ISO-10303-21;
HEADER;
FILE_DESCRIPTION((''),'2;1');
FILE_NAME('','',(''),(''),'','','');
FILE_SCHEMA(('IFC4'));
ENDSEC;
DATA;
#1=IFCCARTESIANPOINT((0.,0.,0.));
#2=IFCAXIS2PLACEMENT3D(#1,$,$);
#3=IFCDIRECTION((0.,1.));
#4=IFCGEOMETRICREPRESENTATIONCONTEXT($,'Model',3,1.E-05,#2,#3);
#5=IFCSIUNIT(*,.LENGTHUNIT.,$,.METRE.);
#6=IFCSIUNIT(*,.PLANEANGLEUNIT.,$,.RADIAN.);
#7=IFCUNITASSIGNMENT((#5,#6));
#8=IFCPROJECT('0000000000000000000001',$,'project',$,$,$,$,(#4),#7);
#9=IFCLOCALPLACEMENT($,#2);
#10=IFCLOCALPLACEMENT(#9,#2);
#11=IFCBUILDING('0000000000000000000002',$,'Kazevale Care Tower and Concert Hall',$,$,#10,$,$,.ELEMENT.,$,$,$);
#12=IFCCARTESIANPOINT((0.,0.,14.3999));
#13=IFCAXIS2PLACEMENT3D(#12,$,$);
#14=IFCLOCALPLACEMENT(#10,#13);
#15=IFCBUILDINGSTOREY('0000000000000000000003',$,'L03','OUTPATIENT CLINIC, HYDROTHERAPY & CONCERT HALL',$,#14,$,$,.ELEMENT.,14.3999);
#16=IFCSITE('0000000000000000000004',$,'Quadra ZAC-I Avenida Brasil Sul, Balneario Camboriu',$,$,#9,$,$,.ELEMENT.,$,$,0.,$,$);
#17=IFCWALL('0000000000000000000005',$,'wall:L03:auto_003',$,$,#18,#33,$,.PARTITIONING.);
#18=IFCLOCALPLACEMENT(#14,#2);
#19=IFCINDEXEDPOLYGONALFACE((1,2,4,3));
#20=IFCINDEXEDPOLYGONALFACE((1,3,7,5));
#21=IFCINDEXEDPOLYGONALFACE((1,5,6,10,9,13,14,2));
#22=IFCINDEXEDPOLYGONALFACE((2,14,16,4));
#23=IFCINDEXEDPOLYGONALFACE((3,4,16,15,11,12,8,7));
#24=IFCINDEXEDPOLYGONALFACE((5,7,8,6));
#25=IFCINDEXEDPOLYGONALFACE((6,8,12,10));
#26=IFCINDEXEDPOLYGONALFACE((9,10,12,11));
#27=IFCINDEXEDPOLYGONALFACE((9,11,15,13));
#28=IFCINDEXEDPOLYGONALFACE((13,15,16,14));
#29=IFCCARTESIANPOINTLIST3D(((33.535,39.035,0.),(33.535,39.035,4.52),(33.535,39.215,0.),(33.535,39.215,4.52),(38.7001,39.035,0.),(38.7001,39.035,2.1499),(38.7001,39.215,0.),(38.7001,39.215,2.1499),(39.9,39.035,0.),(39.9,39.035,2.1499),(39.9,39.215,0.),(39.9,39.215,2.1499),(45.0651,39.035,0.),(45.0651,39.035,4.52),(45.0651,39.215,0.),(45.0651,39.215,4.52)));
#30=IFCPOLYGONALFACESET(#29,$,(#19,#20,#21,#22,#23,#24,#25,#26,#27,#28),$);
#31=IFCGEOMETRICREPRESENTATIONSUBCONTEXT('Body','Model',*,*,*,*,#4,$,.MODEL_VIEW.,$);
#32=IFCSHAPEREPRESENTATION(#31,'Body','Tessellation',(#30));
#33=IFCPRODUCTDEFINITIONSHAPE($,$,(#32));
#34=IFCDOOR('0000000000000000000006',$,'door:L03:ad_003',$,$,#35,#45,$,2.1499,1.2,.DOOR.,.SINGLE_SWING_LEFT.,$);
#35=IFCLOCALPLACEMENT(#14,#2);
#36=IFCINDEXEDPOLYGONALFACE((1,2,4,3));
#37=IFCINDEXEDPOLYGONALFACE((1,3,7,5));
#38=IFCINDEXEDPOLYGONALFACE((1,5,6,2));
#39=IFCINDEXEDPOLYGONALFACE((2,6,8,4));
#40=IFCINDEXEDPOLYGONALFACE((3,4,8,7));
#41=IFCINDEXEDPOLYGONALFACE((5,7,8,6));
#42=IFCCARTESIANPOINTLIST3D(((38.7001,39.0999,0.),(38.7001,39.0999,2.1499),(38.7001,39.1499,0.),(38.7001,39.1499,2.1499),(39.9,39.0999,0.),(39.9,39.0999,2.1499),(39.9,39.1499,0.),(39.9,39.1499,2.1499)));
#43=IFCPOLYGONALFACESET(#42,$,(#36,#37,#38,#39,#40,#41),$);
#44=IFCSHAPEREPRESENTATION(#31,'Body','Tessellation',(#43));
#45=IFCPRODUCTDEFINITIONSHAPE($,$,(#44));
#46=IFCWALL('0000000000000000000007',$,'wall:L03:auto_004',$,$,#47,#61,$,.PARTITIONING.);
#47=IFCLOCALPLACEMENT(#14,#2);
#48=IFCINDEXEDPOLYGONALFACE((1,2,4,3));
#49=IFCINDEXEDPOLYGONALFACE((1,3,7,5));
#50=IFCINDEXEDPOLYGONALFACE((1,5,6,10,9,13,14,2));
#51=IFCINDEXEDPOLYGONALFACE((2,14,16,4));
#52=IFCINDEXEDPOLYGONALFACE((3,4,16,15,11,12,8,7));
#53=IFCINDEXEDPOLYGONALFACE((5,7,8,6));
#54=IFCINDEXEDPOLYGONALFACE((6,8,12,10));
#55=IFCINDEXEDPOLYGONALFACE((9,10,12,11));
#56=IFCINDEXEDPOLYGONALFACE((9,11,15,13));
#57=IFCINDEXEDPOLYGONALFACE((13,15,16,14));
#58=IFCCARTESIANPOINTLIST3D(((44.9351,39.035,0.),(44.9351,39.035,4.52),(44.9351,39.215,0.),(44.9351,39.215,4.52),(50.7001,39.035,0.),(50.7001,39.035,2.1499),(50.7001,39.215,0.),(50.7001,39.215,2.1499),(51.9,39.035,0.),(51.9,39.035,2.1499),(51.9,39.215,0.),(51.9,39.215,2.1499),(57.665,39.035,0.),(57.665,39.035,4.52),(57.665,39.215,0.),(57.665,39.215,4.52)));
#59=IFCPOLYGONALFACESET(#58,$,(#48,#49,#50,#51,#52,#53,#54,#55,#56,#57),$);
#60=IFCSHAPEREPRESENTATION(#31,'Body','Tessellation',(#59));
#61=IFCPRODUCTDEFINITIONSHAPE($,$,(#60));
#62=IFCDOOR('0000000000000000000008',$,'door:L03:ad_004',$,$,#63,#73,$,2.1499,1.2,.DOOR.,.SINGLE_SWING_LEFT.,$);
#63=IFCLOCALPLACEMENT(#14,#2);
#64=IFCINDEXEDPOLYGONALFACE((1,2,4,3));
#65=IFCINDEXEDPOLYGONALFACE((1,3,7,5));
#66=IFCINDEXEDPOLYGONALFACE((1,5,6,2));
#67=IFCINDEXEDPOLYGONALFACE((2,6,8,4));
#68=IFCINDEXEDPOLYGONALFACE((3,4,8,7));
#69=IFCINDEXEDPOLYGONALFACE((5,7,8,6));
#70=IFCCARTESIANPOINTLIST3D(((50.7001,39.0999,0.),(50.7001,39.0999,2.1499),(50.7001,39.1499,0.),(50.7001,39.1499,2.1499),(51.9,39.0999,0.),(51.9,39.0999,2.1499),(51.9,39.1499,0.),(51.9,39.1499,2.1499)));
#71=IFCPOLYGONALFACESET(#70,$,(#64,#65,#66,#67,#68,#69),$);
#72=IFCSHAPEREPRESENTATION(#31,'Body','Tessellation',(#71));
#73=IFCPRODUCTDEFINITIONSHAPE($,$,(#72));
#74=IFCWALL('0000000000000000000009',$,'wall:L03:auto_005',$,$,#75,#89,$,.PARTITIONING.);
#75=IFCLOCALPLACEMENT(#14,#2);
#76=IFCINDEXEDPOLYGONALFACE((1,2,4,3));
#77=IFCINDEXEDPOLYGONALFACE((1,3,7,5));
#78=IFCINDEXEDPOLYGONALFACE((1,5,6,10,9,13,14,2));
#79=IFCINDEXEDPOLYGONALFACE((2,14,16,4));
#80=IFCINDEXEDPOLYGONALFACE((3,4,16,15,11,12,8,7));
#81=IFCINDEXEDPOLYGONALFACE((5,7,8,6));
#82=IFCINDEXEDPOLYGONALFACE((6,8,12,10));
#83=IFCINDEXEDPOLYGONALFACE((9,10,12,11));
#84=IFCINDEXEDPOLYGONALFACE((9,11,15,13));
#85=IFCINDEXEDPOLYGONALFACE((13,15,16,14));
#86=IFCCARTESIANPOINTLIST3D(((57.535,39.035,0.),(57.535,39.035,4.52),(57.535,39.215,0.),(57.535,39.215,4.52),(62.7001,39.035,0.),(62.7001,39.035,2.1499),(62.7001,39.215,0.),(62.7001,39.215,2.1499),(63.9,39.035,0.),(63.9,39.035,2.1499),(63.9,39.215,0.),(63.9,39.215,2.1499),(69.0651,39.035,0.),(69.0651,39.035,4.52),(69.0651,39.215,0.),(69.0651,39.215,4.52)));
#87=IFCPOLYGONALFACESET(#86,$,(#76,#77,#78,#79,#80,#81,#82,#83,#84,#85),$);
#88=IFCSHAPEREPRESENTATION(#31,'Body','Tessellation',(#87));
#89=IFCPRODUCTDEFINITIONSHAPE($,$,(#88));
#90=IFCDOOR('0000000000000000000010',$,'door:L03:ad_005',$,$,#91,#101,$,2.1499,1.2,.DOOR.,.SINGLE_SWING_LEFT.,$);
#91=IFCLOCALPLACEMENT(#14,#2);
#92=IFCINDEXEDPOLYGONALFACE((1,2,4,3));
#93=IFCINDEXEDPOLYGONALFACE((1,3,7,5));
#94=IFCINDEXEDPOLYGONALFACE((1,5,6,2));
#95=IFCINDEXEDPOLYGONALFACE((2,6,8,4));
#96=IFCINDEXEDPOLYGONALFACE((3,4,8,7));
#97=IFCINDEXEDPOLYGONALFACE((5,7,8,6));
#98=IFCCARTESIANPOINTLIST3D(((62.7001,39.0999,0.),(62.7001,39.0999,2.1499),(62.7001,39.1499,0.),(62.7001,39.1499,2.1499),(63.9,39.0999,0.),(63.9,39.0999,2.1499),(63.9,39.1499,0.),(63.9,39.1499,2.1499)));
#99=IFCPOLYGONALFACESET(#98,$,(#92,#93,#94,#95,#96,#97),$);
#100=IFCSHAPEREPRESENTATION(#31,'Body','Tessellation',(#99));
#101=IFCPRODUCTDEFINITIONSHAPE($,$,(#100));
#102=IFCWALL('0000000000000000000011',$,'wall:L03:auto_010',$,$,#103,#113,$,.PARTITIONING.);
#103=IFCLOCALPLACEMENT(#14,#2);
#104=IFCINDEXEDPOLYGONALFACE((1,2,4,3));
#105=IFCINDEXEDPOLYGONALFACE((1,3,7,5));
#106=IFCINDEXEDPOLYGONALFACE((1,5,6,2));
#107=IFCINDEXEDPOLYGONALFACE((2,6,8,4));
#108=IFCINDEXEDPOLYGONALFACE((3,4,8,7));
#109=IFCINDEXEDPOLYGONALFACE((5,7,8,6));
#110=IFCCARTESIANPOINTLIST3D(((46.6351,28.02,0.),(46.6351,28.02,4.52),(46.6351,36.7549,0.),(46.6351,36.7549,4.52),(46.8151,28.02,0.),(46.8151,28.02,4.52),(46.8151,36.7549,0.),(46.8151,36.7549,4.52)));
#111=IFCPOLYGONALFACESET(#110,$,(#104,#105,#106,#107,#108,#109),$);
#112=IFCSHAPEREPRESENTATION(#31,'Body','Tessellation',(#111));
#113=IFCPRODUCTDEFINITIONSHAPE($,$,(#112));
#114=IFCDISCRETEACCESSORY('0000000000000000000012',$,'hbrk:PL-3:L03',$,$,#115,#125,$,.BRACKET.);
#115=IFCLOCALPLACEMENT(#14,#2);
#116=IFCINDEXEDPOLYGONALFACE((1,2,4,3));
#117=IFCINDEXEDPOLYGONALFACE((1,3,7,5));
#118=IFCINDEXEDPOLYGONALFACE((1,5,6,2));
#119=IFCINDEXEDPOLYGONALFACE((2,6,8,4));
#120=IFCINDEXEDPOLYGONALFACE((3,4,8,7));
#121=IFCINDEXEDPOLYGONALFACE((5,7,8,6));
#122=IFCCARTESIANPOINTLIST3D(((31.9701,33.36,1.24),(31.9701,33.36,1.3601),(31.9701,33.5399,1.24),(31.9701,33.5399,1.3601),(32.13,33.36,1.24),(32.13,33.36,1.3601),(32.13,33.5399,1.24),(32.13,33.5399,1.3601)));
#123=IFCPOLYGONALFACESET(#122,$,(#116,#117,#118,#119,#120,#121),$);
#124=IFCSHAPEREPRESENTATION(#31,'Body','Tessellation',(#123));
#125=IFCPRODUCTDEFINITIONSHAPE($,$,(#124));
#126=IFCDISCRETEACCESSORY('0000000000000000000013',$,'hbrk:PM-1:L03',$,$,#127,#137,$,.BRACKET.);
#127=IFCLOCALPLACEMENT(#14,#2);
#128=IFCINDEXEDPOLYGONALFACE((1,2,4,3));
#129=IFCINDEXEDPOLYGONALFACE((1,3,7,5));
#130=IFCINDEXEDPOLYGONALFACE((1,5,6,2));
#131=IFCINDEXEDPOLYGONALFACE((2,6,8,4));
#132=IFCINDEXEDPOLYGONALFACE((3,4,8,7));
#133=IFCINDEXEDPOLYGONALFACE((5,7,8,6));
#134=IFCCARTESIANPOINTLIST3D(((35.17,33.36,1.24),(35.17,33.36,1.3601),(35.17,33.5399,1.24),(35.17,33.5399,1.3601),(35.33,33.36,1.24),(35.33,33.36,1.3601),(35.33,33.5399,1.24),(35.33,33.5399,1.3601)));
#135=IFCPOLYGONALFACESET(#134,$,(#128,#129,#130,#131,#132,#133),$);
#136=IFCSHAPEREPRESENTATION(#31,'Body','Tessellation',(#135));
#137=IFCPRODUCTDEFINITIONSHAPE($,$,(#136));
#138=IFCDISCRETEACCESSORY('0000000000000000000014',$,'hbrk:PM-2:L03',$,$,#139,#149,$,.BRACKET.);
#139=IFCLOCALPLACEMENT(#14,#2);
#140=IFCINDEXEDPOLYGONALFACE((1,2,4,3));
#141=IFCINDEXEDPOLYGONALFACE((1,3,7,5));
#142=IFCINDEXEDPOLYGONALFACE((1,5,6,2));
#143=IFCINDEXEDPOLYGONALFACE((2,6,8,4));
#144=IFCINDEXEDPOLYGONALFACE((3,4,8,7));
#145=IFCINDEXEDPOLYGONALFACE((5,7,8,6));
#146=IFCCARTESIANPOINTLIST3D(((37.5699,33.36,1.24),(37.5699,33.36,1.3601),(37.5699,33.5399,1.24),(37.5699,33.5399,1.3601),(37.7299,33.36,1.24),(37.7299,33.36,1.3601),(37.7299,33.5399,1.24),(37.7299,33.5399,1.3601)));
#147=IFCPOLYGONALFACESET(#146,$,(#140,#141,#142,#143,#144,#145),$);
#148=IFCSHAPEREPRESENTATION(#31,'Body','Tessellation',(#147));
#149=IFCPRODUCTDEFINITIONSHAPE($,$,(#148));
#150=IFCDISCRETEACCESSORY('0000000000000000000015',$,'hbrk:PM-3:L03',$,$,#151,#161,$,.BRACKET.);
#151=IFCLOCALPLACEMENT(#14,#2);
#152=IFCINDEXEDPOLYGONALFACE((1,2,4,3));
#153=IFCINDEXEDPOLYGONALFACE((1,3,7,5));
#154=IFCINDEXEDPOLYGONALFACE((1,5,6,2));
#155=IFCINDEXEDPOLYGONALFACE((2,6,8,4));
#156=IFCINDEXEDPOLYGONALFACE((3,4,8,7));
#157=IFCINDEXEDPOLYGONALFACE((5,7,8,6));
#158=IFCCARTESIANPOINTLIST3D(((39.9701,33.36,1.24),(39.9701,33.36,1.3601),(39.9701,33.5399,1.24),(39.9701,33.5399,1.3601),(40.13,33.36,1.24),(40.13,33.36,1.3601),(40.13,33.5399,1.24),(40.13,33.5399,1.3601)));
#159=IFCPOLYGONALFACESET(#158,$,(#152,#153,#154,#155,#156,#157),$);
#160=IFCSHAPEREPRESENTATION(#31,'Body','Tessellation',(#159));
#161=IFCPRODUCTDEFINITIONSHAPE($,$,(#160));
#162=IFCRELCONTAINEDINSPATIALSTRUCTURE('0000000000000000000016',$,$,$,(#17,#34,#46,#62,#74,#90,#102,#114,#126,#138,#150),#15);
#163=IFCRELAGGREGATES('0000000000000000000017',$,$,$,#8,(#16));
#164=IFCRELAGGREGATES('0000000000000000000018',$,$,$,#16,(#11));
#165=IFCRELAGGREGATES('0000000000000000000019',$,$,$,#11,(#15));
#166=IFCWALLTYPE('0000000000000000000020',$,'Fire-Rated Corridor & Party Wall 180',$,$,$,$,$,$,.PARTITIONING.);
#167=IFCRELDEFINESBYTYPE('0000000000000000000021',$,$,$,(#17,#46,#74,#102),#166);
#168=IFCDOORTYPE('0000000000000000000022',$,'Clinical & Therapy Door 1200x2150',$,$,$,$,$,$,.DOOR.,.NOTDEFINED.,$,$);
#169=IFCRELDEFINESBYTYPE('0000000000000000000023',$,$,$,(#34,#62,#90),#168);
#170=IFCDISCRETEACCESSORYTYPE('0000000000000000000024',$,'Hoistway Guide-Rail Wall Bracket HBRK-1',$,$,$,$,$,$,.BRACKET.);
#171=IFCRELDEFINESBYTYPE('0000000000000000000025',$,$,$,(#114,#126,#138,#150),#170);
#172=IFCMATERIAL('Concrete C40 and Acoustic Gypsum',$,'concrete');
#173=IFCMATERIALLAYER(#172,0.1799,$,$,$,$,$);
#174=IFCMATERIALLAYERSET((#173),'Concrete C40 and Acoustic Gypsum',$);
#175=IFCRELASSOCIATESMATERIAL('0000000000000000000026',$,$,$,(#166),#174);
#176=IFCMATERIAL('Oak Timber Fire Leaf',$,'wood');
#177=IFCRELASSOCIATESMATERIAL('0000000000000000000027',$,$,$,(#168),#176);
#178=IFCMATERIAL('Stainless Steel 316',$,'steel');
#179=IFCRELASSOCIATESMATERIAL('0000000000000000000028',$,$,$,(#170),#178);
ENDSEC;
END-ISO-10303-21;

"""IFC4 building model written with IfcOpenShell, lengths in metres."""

from ifc_helpers import new_model, si_unit, direction, frame, frame_2d, origin, origin_2d, place, context, subcontext, project, spatial, rectangle, extrude, material, layer, layer_set, type_object, element, fill, save


model = new_model("IFC4")

# Units and contexts
model_context = context("Model", 3, precision=1e-05, world=origin(), true_north=direction((0.0, 1.0)))
body_context = subcontext(model_context, "Body", "Model", "MODEL_VIEW")
ifc_project = project(units=[si_unit("LENGTHUNIT", "METRE"), si_unit("PLANEANGLEUNIT", "RADIAN")], contexts=[model_context])

# Site, building, storey
site_placement = place(None, origin())
site = spatial("IfcSite", under=ifc_project, at=site_placement, Name="Quadra ZAC-I Avenida Brasil Sul, Balneario Camboriu", CompositionType="ELEMENT", RefElevation=0.0)
building_placement = place(site_placement, origin())
building = spatial("IfcBuilding", under=site, at=building_placement, Name="Kazevale Care Tower and Concert Hall", CompositionType="ELEMENT")
storey_placement = place(building_placement, frame((0.0, 0.0, 14.3999)))
storey = spatial("IfcBuildingStorey", under=building, at=storey_placement, Name="L03", Description="OUTPATIENT CLINIC, HYDROTHERAPY & CONCERT HALL", CompositionType="ELEMENT", Elevation=14.3999)

# Shared definitions
ifc_material_1 = material(Name="Oak Timber Fire Leaf", Category="wood")

# Walls, openings, doors
ifc_material_2 = material(Name="Concrete C40 and Acoustic Gypsum", Category="concrete")
ifc_layer_1 = layer(ifc_material_2, 0.1799)
ifc_layer_set_1 = layer_set([ifc_layer_1], Name="Concrete C40 and Acoustic Gypsum")
wall_type_1 = type_object("IfcWallType", Name="Fire-Rated Corridor & Party Wall 180", PredefinedType="PARTITIONING", material=ifc_layer_set_1)
wall_1_placement = place(storey_placement, frame((33.5349, 39.125, 0.0), z_axis=(0.0, 0.0, 1.0), x_axis=(1.0, 0.0, 0.0)))
wall_1 = element("IfcWall", 1, at=wall_1_placement, inside=storey, type_object=wall_type_1, Name="wall:L03:auto_003", PredefinedType="PARTITIONING", context=body_context, shape_type="SweptSolid", body=[
    extrude(rectangle(XDim=11.53, YDim=0.1799, at=frame_2d((5.7651, 0.0))), origin(), (0.0, 0.0, 1.0), 4.52),
])
opening_1_placement = place(wall_1_placement, frame((5.165, 0.0, 0.0)))
opening_1 = element("IfcOpeningElement", 2, at=opening_1_placement, cuts=wall_1, PredefinedType="OPENING", context=body_context, shape_type="SweptSolid", body=[
    extrude(rectangle(XDim=1.2, YDim=2.1499, at=frame_2d((0.6001, 1.075))), frame((0.0, 0.0999, 0.0), z_axis=(0.0, -1.0, 0.0), x_axis=(1.0, 0.0, 0.0)), (0.0, 0.0, 1.0), 0.2),
])
door_type_1 = type_object("IfcDoorType", Name="Clinical & Therapy Door 1200x2150", OperationType="NOTDEFINED", PredefinedType="DOOR", material=ifc_material_1)
door_1_placement = place(opening_1_placement, origin())
door_1 = element("IfcDoor", 3, at=door_1_placement, inside=storey, type_object=door_type_1, Name="door:L03:ad_003", OperationType="SINGLE_SWING_LEFT", OverallHeight=2.1499, OverallWidth=1.2, PredefinedType="DOOR", context=body_context, shape_type="SweptSolid", body=[
    extrude(rectangle(XDim=1.2, YDim=2.1499, at=frame_2d((0.6001, 1.075))), frame((0.0, 0.0249, 0.0), z_axis=(0.0, -1.0, 0.0), x_axis=(1.0, 0.0, 0.0)), (0.0, 0.0, 1.0), 0.05),
])
fill(opening_1, door_1)
wall_2_placement = place(storey_placement, frame((44.9351, 39.125, 0.0), z_axis=(0.0, 0.0, 1.0), x_axis=(1.0, 0.0, 0.0)))
wall_2 = element("IfcWall", 4, at=wall_2_placement, inside=storey, type_object=wall_type_1, Name="wall:L03:auto_004", PredefinedType="PARTITIONING", context=body_context, shape_type="SweptSolid", body=[
    extrude(rectangle(XDim=12.73, YDim=0.1799, at=frame_2d((6.365, 0.0))), origin(), (0.0, 0.0, 1.0), 4.52),
])
opening_2_placement = place(wall_2_placement, frame((5.7649, 0.0, 0.0)))
opening_2 = element("IfcOpeningElement", 5, at=opening_2_placement, cuts=wall_2, PredefinedType="OPENING", context=body_context, shape_type="SweptSolid", body=[
    extrude(rectangle(XDim=1.2, YDim=2.1499, at=frame_2d((0.6001, 1.075))), frame((0.0, 0.0999, 0.0), z_axis=(0.0, -1.0, 0.0), x_axis=(1.0, 0.0, 0.0)), (0.0, 0.0, 1.0), 0.2),
])
door_2_placement = place(opening_2_placement, origin())
door_2 = element("IfcDoor", 6, at=door_2_placement, inside=storey, type_object=door_type_1, Name="door:L03:ad_004", OperationType="SINGLE_SWING_LEFT", OverallHeight=2.1499, OverallWidth=1.2, PredefinedType="DOOR", context=body_context, shape_type="SweptSolid", body=[
    extrude(rectangle(XDim=1.2, YDim=2.1499, at=frame_2d((0.6001, 1.075))), frame((0.0, 0.0249, 0.0), z_axis=(0.0, -1.0, 0.0), x_axis=(1.0, 0.0, 0.0)), (0.0, 0.0, 1.0), 0.05),
])
fill(opening_2, door_2)
wall_3_placement = place(storey_placement, frame((57.5349, 39.125, 0.0), z_axis=(0.0, 0.0, 1.0), x_axis=(1.0, 0.0, 0.0)))
wall_3 = element("IfcWall", 7, at=wall_3_placement, inside=storey, type_object=wall_type_1, Name="wall:L03:auto_005", PredefinedType="PARTITIONING", context=body_context, shape_type="SweptSolid", body=[
    extrude(rectangle(XDim=11.53, YDim=0.1799, at=frame_2d((5.7651, 0.0))), origin(), (0.0, 0.0, 1.0), 4.52),
])
opening_3_placement = place(wall_3_placement, frame((5.165, 0.0, 0.0)))
opening_3 = element("IfcOpeningElement", 8, at=opening_3_placement, cuts=wall_3, PredefinedType="OPENING", context=body_context, shape_type="SweptSolid", body=[
    extrude(rectangle(XDim=1.2, YDim=2.1499, at=frame_2d((0.6001, 1.075))), frame((0.0, 0.0999, 0.0), z_axis=(0.0, -1.0, 0.0), x_axis=(1.0, 0.0, 0.0)), (0.0, 0.0, 1.0), 0.2),
])
door_3_placement = place(opening_3_placement, origin())
door_3 = element("IfcDoor", 9, at=door_3_placement, inside=storey, type_object=door_type_1, Name="door:L03:ad_005", OperationType="SINGLE_SWING_LEFT", OverallHeight=2.1499, OverallWidth=1.2, PredefinedType="DOOR", context=body_context, shape_type="SweptSolid", body=[
    extrude(rectangle(XDim=1.2, YDim=2.1499, at=frame_2d((0.6001, 1.075))), frame((0.0, 0.0249, 0.0), z_axis=(0.0, -1.0, 0.0), x_axis=(1.0, 0.0, 0.0)), (0.0, 0.0, 1.0), 0.05),
])
fill(opening_3, door_3)

# Wall
wall_4_placement = place(storey_placement, frame((46.7251, 36.7549, 0.0), z_axis=(0.0, 0.0, 1.0), x_axis=(0.0, -1.0, 0.0)))
element("IfcWall", 10, at=wall_4_placement, inside=storey, type_object=wall_type_1, Name="wall:L03:auto_010", PredefinedType="PARTITIONING", context=body_context, shape_type="SweptSolid", body=[
    extrude(rectangle(XDim=8.7349, YDim=0.1799, at=frame_2d((4.3674, 0.0))), origin(), (0.0, 0.0, 1.0), 4.52),
])

# Discrete accessories
ifc_material_3 = material(Name="Stainless Steel 316", Category="steel")
discrete_accessory_type = type_object("IfcDiscreteAccessoryType", Name="Hoistway Guide-Rail Wall Bracket HBRK-1", PredefinedType="BRACKET", material=ifc_material_3)
for number, where, z_axis, x_axis, name in (
    (11, (32.05, 33.45, 1.24), (0.0, 0.0, 1.0), (1.0, 0.0, 0.0), "hbrk:PL-3:L03"),
    (12, (35.25, 33.45, 1.24), (0.0, 0.0, 1.0), (1.0, 0.0, 0.0), "hbrk:PM-1:L03"),
    (13, (37.6499, 33.45, 1.24), (0.0, 0.0, 1.0), (1.0, 0.0, 0.0), "hbrk:PM-2:L03"),
    (14, (40.05, 33.45, 1.24), (0.0, 0.0, 1.0), (1.0, 0.0, 0.0), "hbrk:PM-3:L03"),
):
    element("IfcDiscreteAccessory", number, at=place(storey_placement, frame(where, z_axis=z_axis, x_axis=x_axis)), inside=storey, type_object=discrete_accessory_type, Name=name, PredefinedType="BRACKET", context=body_context, shape_type="SweptSolid", body=[
        extrude(rectangle(XDim=0.1599, YDim=0.1799, at=origin_2d()), origin(), (0.0, 0.0, 1.0), 0.1201),
    ])

save(model, "model.ifc")
